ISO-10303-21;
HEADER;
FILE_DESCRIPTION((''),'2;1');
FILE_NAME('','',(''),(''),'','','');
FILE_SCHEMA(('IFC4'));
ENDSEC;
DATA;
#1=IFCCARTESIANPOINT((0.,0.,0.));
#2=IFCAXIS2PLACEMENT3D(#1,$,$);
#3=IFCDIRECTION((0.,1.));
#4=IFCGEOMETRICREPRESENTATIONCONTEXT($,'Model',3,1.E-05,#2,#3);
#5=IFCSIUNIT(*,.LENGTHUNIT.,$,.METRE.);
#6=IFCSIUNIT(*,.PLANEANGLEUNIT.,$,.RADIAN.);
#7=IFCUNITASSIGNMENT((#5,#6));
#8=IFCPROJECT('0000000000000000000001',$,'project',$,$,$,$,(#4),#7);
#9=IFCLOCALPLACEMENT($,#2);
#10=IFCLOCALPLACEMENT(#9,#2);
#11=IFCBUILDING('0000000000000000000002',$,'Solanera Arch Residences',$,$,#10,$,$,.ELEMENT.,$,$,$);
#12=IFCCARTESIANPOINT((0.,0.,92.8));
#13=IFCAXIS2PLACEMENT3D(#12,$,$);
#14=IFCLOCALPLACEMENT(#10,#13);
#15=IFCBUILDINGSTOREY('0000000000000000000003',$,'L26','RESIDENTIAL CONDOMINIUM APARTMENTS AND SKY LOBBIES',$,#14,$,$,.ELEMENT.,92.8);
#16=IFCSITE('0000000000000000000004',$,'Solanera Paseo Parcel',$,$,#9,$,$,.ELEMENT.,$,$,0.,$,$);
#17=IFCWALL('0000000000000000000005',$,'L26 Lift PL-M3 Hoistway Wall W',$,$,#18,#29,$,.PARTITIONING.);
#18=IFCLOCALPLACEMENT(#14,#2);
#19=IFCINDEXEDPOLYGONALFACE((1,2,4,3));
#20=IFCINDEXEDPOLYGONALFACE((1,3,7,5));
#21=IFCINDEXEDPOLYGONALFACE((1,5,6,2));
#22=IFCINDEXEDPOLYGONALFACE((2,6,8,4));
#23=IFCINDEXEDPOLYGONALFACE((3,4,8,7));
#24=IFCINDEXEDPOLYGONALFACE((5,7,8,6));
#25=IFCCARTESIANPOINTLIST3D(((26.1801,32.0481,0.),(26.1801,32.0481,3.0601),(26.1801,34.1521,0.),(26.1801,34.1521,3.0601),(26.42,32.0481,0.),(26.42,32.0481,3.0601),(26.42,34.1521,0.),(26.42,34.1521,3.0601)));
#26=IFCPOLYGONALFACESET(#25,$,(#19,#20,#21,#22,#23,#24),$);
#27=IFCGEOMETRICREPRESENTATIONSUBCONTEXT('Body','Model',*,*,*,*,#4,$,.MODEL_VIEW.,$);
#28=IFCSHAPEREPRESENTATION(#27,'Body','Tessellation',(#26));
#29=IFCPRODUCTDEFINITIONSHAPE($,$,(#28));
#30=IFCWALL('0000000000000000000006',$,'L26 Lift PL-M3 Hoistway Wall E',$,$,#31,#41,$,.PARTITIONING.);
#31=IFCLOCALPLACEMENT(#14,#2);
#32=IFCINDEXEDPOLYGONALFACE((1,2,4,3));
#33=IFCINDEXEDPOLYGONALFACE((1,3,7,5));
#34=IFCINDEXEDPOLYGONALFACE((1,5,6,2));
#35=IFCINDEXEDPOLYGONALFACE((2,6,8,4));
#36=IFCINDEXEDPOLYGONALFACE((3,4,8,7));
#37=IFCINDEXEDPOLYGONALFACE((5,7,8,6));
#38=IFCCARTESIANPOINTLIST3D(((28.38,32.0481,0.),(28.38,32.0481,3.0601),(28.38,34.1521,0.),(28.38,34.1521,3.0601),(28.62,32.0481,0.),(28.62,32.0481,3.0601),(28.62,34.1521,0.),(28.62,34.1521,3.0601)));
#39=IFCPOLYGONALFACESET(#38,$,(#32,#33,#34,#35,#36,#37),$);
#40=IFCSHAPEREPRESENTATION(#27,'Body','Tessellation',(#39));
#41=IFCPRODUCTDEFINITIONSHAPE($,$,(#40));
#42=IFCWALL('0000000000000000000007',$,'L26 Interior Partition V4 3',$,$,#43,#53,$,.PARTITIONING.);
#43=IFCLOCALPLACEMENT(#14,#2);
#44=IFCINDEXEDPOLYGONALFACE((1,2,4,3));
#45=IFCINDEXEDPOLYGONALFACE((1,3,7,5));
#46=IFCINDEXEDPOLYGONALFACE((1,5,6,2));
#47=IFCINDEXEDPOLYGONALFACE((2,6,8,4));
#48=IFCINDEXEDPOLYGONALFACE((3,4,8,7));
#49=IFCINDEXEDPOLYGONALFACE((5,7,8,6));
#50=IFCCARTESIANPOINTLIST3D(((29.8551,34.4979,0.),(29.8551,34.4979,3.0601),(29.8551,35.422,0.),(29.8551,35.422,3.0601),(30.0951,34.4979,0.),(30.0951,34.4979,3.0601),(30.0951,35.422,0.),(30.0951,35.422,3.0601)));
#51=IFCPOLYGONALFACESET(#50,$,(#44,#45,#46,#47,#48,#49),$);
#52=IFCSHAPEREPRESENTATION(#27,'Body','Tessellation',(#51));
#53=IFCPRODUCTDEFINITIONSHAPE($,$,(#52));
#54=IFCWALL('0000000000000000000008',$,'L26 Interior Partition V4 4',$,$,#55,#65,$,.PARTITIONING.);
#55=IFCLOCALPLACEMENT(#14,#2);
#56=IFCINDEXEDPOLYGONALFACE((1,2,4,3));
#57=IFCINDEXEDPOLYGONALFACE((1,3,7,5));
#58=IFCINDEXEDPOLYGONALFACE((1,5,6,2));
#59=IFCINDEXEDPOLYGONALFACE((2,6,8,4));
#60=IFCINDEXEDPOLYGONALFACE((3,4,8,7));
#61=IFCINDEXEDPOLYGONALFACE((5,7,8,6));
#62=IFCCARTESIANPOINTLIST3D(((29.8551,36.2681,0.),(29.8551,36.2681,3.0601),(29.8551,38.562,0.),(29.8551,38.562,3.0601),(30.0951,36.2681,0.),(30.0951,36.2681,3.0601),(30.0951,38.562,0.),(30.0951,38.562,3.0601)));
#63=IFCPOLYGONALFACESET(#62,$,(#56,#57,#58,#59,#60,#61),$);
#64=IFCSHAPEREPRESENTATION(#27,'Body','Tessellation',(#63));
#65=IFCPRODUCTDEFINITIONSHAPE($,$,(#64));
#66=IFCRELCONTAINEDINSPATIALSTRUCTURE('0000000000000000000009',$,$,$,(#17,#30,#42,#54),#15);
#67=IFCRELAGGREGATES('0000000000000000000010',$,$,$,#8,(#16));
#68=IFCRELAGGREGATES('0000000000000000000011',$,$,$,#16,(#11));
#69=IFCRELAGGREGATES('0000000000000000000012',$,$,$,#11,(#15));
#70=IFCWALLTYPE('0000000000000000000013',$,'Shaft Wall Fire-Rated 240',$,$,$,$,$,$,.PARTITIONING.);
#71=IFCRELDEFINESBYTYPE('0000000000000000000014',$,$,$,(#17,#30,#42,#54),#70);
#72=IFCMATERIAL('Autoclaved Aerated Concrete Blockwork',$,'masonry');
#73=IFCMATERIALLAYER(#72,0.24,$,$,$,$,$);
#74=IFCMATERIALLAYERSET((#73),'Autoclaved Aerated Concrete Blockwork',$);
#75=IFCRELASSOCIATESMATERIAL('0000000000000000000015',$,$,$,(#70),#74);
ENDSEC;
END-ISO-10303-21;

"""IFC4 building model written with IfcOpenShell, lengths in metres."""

from ifc_helpers import new_model, si_unit, direction, frame, frame_2d, origin, place, context, subcontext, project, spatial, rectangle, extrude, material, layer, layer_set, type_object, element, save


model = new_model("IFC4")

# Units and contexts
model_context = context("Model", 3, precision=1e-05, world=origin(), true_north=direction((0.0, 1.0)))
body_context = subcontext(model_context, "Body", "Model", "MODEL_VIEW")
ifc_project = project(units=[si_unit("LENGTHUNIT", "METRE"), si_unit("PLANEANGLEUNIT", "RADIAN")], contexts=[model_context])

# Site, building, storey
site_placement = place(None, origin())
site = spatial("IfcSite", under=ifc_project, at=site_placement, Name="Solanera Paseo Parcel", CompositionType="ELEMENT", RefElevation=0.0)
building_placement = place(site_placement, origin())
building = spatial("IfcBuilding", under=site, at=building_placement, Name="Solanera Arch Residences", CompositionType="ELEMENT")
storey_placement = place(building_placement, frame((0.0, 0.0, 92.8)))
storey = spatial("IfcBuildingStorey", under=building, at=storey_placement, Name="L26", Description="RESIDENTIAL CONDOMINIUM APARTMENTS AND SKY LOBBIES", CompositionType="ELEMENT", Elevation=92.8)

# Walls
ifc_material_1 = material(Name="Autoclaved Aerated Concrete Blockwork", Category="masonry")
ifc_layer_1 = layer(ifc_material_1, 0.24)
ifc_layer_set_1 = layer_set([ifc_layer_1], Name="Autoclaved Aerated Concrete Blockwork")
wall_type_1 = type_object("IfcWallType", Name="Shaft Wall Fire-Rated 240", PredefinedType="PARTITIONING", material=ifc_layer_set_1)
for number, where, z_axis, x_axis, name in (
    (1, (26.3, 32.0481, 0.0), (0.0, 0.0, 1.0), (0.0, 1.0, 0.0), "L26 Lift PL-M3 Hoistway Wall W"),
    (2, (28.5, 32.0481, 0.0), (0.0, 0.0, 1.0), (0.0, 1.0, 0.0), "L26 Lift PL-M3 Hoistway Wall E"),
):
    element("IfcWall", number, at=place(storey_placement, frame(where, z_axis=z_axis, x_axis=x_axis)), inside=storey, type_object=wall_type_1, Name=name, PredefinedType="PARTITIONING", context=body_context, shape_type="SweptSolid", body=[
        extrude(rectangle(XDim=2.104, YDim=0.24, at=frame_2d((1.052, 0.0))), origin(), (0.0, 0.0, 1.0), 3.0601),
    ])

# Walls
wall_1_placement = place(storey_placement, frame((29.9751, 34.498, 0.0), z_axis=(0.0, 0.0, 1.0), x_axis=(0.0, 1.0, 0.0)))
element("IfcWall", 3, at=wall_1_placement, inside=storey, type_object=wall_type_1, Name="L26 Interior Partition V4 3", PredefinedType="PARTITIONING", context=body_context, shape_type="SweptSolid", body=[
    extrude(rectangle(XDim=0.9241, YDim=0.24, at=frame_2d((0.4619, 0.0))), origin(), (0.0, 0.0, 1.0), 3.0601),
])
wall_2_placement = place(storey_placement, frame((29.9751, 36.2681, 0.0), z_axis=(0.0, 0.0, 1.0), x_axis=(0.0, 1.0, 0.0)))
element("IfcWall", 4, at=wall_2_placement, inside=storey, type_object=wall_type_1, Name="L26 Interior Partition V4 4", PredefinedType="PARTITIONING", context=body_context, shape_type="SweptSolid", body=[
    extrude(rectangle(XDim=2.2939, YDim=0.24, at=frame_2d((1.147, 0.0))), origin(), (0.0, 0.0, 1.0), 3.0601),
])

save(model, "model.ifc")
